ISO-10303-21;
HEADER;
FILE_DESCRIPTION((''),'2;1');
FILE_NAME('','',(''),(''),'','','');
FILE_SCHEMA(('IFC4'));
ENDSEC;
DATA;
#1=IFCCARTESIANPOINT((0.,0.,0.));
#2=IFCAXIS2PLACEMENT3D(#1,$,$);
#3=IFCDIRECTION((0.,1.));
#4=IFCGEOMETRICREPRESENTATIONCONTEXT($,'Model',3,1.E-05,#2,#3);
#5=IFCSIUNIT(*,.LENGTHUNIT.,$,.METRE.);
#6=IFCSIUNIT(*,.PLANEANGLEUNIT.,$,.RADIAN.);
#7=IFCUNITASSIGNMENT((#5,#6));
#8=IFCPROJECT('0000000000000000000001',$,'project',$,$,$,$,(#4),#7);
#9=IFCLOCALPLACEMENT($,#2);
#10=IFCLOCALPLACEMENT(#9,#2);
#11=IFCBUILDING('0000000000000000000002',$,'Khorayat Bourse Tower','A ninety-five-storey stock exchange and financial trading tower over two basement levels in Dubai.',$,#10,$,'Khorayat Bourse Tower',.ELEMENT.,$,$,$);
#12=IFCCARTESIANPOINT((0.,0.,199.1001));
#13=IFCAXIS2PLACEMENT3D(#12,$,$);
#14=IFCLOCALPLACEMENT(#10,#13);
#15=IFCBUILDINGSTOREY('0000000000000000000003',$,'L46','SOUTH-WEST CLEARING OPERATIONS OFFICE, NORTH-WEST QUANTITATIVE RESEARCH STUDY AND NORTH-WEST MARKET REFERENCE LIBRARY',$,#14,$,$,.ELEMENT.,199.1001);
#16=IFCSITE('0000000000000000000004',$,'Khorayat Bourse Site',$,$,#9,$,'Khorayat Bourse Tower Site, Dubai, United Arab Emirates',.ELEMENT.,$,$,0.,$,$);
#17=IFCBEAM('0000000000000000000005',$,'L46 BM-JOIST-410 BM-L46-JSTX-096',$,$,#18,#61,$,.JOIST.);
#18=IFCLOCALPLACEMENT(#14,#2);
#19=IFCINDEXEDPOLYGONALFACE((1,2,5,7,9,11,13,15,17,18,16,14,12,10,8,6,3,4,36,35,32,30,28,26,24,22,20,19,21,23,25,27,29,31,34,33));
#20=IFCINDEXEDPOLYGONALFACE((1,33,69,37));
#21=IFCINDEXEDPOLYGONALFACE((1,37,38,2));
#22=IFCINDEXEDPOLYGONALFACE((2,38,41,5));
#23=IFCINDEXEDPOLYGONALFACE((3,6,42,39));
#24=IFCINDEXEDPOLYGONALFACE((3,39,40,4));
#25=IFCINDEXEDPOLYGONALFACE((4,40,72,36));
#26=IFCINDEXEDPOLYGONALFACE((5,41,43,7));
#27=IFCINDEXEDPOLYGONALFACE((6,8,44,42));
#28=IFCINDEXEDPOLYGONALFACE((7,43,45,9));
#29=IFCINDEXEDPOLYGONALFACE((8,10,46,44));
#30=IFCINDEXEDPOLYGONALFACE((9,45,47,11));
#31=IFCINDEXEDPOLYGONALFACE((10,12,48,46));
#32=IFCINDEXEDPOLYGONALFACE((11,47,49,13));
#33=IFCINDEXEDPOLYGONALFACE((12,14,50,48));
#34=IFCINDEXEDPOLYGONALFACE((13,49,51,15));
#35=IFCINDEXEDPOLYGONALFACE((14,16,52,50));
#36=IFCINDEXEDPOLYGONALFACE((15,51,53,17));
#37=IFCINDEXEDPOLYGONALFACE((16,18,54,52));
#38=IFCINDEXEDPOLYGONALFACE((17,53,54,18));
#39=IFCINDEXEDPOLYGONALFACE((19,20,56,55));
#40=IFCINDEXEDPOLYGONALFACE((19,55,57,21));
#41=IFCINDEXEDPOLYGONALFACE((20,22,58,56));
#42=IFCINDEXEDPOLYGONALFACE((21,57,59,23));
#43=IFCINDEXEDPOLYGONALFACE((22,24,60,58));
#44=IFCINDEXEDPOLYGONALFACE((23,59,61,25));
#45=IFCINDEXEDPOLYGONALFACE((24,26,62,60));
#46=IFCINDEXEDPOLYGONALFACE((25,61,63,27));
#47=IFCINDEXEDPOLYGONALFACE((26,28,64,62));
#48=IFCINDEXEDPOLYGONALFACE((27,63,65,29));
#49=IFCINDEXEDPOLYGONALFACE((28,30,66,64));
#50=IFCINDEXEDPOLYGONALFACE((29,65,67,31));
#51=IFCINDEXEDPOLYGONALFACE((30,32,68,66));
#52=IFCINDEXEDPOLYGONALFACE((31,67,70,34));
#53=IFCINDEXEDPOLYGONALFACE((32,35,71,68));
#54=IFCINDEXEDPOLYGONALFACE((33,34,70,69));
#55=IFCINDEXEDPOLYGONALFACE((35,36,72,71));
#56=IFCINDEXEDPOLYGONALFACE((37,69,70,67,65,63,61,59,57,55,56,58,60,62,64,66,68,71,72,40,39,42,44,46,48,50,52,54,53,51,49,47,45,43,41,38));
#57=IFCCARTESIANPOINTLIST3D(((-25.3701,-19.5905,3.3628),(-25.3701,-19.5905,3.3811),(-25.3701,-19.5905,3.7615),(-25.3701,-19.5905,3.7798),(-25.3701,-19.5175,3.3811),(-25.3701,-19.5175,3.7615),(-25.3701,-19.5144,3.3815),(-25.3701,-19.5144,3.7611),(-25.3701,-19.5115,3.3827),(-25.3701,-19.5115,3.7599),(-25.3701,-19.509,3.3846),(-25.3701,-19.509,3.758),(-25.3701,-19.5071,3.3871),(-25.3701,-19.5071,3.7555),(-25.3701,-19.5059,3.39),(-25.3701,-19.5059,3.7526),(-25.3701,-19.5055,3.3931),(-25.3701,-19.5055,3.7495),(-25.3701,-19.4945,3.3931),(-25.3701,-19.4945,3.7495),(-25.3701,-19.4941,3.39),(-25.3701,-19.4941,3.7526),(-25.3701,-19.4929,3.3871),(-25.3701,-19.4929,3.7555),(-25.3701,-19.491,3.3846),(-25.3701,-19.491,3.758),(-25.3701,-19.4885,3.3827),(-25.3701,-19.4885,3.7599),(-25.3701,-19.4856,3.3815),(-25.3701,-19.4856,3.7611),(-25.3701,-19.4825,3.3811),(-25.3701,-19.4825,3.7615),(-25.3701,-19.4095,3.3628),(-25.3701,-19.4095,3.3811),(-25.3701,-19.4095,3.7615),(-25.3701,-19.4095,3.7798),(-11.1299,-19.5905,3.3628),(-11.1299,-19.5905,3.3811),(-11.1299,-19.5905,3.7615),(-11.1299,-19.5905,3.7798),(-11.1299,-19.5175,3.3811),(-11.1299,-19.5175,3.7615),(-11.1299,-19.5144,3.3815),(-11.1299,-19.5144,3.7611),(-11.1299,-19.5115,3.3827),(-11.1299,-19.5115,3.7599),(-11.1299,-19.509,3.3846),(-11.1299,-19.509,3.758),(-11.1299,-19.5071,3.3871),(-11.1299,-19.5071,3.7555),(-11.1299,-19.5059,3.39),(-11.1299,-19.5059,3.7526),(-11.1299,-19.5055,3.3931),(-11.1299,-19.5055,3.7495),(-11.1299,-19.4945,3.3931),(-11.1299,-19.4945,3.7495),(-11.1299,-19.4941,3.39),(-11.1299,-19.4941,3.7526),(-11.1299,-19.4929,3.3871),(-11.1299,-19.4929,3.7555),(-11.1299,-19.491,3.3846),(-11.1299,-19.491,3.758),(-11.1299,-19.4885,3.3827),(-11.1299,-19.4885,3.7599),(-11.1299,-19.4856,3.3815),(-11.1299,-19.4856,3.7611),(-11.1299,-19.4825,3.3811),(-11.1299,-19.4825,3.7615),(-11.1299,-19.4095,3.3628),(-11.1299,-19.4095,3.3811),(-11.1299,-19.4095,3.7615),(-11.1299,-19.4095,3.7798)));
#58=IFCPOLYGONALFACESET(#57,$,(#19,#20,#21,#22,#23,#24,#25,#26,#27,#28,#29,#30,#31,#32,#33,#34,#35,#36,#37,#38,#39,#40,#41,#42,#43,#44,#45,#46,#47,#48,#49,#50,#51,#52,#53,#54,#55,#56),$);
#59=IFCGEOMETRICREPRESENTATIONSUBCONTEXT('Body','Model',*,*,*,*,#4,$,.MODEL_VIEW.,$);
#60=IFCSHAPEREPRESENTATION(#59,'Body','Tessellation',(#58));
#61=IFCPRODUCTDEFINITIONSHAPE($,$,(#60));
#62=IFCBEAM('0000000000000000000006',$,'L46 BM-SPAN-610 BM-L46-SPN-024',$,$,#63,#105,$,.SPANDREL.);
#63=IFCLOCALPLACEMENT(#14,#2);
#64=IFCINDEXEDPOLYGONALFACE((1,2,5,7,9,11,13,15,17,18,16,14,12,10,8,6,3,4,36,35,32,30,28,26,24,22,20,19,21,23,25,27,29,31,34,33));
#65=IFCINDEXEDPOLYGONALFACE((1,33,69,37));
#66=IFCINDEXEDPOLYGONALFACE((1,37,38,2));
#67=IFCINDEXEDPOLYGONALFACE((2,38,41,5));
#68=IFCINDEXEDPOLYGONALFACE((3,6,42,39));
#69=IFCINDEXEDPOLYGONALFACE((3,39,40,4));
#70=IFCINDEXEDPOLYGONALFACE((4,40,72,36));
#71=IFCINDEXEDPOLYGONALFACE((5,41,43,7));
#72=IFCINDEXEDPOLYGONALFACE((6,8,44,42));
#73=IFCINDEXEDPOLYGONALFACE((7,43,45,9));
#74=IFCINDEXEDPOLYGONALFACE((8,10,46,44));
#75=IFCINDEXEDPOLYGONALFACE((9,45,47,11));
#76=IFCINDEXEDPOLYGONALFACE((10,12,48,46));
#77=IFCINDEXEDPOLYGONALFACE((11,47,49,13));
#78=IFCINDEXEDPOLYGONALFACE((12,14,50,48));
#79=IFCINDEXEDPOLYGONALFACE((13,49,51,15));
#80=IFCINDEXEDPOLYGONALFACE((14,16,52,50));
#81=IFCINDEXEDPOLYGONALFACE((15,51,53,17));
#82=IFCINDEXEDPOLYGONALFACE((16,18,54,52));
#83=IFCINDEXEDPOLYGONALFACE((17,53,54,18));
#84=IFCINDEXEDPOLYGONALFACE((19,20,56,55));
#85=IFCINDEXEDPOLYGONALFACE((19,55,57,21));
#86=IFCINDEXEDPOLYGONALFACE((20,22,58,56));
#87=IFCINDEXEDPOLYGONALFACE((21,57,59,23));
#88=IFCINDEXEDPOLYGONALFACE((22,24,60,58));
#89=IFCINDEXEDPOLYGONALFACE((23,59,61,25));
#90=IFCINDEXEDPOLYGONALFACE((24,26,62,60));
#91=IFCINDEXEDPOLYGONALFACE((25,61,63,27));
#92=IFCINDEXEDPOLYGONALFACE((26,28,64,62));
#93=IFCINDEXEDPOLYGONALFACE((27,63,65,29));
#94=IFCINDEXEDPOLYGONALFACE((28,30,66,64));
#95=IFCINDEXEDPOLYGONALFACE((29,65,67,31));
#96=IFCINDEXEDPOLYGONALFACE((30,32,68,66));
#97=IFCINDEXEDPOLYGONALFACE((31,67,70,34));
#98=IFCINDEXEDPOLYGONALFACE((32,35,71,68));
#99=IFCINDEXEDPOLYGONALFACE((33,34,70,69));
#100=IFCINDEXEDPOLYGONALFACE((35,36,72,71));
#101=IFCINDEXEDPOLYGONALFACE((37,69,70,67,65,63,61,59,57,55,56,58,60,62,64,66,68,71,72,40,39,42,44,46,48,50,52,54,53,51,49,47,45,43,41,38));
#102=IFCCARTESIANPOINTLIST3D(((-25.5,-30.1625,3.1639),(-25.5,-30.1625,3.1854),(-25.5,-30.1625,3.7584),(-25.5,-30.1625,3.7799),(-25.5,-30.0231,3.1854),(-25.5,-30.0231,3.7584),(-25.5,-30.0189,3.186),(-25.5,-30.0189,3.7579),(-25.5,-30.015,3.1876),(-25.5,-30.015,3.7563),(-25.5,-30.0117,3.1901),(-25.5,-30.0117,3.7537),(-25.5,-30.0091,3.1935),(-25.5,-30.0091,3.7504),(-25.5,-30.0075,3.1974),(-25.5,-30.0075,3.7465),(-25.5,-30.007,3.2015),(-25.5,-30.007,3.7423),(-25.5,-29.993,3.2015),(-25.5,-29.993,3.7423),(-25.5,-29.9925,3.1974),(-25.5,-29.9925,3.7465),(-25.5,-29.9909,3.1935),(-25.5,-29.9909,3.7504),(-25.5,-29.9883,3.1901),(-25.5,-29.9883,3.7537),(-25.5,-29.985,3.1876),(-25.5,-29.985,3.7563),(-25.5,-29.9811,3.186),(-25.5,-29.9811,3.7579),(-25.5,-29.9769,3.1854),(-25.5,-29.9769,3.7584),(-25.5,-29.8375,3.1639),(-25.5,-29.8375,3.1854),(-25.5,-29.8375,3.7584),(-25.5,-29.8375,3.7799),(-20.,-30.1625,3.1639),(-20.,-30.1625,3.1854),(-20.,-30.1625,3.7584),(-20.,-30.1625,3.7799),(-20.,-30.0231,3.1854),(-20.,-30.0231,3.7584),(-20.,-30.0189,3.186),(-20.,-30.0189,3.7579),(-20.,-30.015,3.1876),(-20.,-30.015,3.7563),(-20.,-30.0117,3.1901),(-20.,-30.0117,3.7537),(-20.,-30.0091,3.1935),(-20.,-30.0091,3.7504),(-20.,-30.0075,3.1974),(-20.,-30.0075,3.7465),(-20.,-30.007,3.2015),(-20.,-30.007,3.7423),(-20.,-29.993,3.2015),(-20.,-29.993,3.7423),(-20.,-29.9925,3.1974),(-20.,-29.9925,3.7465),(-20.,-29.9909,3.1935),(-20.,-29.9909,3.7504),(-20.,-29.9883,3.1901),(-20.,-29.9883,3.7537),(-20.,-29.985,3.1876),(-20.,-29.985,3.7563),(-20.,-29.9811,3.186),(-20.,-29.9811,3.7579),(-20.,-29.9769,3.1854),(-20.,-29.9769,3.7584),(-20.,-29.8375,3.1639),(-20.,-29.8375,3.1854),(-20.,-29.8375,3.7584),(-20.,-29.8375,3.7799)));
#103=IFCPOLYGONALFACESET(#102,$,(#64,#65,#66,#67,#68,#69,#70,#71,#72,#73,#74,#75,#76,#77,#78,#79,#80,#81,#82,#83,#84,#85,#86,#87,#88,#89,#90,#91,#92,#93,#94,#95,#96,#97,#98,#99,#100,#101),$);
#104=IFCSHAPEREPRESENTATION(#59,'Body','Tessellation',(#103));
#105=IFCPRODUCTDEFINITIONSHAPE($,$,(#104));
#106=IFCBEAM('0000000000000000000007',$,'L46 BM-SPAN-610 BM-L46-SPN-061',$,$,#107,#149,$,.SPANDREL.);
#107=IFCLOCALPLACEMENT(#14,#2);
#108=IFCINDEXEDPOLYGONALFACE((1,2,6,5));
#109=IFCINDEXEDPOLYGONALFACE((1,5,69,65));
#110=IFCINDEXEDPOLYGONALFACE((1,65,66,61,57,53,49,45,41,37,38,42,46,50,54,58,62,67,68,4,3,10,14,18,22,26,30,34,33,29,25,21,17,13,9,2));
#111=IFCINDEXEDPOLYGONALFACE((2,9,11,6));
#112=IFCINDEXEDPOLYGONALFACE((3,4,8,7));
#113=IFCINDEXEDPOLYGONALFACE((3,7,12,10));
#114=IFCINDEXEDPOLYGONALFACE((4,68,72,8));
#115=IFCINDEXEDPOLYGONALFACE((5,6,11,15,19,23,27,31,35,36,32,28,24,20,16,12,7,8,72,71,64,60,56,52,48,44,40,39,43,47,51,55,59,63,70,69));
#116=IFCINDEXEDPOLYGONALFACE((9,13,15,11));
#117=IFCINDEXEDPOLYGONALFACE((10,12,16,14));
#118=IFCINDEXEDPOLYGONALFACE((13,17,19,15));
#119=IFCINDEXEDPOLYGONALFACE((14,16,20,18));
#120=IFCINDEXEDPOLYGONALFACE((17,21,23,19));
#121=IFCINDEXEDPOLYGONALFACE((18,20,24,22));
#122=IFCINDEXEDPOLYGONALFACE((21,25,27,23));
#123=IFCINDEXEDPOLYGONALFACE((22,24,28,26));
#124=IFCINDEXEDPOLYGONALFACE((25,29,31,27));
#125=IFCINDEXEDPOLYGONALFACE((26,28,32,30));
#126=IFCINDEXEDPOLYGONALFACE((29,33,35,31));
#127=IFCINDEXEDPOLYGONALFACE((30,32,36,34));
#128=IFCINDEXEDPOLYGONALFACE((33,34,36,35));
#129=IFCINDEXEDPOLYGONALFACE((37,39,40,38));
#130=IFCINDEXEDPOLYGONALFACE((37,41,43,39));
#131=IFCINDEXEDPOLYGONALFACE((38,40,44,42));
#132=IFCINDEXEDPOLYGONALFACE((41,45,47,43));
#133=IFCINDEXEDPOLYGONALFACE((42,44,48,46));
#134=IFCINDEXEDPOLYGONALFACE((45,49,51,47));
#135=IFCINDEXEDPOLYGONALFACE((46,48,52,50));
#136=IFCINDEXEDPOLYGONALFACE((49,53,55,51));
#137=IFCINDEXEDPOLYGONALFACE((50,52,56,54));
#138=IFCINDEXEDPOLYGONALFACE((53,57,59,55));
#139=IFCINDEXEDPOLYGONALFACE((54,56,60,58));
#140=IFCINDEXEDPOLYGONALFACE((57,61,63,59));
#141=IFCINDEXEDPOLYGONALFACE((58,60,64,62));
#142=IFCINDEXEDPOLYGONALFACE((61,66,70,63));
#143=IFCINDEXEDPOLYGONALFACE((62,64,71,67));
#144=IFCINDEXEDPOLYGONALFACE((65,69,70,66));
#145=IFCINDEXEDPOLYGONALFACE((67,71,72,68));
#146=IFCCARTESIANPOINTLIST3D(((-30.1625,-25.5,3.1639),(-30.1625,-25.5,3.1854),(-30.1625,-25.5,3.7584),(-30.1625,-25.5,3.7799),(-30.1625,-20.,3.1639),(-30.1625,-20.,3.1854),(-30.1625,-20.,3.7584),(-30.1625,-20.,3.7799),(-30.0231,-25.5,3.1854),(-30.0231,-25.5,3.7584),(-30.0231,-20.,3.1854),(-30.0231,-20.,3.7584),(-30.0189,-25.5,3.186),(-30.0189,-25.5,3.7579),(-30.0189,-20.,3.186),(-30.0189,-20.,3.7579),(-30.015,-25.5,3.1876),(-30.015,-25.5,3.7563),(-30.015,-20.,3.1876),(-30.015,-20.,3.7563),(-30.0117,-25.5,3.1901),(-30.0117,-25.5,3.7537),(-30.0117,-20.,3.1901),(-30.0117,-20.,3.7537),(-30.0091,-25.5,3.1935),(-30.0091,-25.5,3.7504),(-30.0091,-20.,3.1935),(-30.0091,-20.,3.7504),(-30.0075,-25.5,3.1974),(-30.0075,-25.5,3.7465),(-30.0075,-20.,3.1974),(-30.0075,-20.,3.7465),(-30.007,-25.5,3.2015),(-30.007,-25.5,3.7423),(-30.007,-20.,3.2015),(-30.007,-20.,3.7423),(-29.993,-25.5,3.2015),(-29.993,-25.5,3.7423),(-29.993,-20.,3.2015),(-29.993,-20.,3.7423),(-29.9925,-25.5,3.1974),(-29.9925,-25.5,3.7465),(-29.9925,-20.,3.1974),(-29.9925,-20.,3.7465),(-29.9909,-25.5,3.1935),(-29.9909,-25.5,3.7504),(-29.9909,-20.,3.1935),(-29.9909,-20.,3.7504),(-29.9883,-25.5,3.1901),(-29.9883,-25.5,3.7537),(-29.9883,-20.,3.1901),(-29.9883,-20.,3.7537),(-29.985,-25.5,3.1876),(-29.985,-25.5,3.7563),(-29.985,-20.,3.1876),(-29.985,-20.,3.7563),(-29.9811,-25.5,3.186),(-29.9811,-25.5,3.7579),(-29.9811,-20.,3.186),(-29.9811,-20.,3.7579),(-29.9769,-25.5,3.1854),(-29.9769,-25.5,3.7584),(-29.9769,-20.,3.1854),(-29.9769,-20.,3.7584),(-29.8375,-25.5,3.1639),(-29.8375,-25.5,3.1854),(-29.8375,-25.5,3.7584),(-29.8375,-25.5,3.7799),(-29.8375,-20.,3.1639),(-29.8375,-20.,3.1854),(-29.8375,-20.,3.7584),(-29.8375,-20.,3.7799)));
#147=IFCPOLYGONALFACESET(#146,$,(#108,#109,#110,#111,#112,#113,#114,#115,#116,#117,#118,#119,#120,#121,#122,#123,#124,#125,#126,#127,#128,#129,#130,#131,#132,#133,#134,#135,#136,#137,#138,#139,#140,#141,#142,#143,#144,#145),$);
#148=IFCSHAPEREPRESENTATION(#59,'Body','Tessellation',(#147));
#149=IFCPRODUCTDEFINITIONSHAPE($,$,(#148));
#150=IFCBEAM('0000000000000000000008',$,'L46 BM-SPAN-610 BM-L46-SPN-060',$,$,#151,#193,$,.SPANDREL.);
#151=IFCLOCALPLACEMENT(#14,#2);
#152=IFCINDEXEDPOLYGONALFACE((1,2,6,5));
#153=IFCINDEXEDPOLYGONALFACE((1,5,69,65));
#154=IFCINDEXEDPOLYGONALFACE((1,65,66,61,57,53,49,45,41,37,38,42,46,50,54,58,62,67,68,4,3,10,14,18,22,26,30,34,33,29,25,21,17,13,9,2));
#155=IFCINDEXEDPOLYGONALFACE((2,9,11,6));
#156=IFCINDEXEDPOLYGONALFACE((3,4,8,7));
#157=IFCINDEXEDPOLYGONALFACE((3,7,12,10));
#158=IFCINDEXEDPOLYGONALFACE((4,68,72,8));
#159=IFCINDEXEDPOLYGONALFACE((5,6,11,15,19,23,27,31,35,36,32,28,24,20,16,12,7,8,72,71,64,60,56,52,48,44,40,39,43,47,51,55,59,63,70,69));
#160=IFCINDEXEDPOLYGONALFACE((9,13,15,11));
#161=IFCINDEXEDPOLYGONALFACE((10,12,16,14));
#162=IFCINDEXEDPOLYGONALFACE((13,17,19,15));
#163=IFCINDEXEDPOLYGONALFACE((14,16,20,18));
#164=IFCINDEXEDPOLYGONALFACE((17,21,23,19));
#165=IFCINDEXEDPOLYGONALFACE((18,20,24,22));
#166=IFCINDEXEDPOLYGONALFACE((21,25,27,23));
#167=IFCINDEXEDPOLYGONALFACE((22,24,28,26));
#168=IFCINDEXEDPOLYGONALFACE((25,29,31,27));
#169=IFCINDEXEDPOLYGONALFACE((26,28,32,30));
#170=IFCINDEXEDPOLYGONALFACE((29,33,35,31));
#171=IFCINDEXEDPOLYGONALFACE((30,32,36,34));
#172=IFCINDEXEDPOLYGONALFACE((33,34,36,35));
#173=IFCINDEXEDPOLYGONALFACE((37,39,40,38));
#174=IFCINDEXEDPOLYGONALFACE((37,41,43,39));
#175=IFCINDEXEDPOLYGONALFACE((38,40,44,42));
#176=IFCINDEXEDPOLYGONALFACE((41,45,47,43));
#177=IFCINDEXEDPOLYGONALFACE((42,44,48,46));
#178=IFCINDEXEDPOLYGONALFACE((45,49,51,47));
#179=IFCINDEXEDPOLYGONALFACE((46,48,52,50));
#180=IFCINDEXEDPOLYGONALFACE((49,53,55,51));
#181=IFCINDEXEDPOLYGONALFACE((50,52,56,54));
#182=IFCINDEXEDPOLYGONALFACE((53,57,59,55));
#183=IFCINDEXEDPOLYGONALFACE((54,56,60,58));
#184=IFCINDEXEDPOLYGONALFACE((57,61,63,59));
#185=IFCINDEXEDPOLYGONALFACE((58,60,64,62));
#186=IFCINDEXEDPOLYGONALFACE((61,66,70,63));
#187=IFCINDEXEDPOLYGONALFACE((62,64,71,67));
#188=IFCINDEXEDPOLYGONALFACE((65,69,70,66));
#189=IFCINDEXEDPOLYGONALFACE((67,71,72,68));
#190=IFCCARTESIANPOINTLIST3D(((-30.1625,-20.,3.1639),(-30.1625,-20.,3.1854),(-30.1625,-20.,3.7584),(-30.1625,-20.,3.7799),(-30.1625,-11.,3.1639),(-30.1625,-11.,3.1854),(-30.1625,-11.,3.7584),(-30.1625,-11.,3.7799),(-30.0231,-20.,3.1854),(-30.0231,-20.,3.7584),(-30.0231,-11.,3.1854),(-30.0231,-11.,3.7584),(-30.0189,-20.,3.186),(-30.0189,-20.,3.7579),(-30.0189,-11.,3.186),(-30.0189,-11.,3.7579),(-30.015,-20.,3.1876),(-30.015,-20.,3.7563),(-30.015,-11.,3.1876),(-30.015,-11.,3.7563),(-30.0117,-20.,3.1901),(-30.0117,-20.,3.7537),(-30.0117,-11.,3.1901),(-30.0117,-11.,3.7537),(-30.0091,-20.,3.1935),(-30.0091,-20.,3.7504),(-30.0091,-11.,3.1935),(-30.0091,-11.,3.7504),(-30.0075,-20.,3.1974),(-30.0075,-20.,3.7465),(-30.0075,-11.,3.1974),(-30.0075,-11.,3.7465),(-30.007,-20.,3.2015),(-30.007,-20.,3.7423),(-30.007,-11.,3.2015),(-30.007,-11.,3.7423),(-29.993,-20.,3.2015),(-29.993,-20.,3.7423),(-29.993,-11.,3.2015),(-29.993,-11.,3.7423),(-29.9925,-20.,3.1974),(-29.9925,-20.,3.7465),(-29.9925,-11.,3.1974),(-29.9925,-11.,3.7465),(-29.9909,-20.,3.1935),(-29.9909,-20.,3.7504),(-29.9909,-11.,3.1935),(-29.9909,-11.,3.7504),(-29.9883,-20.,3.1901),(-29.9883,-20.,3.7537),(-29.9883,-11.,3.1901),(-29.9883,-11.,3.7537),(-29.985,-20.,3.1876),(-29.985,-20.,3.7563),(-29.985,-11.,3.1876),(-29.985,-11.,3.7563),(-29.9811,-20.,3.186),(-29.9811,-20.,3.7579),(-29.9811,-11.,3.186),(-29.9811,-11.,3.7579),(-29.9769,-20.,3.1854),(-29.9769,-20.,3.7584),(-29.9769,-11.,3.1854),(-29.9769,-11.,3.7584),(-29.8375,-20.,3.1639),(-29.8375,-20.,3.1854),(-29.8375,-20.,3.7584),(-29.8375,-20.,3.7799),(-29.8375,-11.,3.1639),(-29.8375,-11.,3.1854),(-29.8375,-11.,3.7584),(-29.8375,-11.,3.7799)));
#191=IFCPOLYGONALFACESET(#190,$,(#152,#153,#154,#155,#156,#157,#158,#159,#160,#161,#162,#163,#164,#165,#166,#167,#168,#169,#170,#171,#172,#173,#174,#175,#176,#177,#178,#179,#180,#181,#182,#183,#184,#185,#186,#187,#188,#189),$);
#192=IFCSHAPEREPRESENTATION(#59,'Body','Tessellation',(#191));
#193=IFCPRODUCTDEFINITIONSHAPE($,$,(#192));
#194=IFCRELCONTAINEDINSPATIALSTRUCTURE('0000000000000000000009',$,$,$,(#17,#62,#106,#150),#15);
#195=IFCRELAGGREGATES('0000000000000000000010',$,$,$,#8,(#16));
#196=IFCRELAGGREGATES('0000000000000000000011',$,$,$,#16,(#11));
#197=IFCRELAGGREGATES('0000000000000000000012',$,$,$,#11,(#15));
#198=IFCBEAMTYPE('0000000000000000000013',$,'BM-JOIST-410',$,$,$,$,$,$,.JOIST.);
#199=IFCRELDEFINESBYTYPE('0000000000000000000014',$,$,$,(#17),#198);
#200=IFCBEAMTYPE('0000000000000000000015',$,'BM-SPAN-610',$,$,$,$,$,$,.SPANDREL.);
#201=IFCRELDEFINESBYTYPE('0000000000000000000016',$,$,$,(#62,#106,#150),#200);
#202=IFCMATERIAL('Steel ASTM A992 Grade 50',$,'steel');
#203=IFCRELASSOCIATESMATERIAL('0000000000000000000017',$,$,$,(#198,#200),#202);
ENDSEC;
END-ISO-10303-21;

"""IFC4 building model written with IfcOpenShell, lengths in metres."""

from ifc_helpers import new_model, si_unit, direction, frame, origin, origin_2d, place, context, subcontext, project, spatial, i_section, extrude, source, transform, mapped, material, material_profile, profile_set, type_object, element, save


model = new_model("IFC4")

# Units and contexts
model_context = context("Model", 3, precision=1e-05, world=origin(), true_north=direction((0.0, 1.0)))
body_context = subcontext(model_context, "Body", "Model", "MODEL_VIEW")
ifc_project = project(units=[si_unit("LENGTHUNIT", "METRE"), si_unit("PLANEANGLEUNIT", "RADIAN")], contexts=[model_context])

# Site, building, storey
site_placement = place(None, origin())
site = spatial("IfcSite", under=ifc_project, at=site_placement, Name="Khorayat Bourse Site", LongName="Khorayat Bourse Tower Site, Dubai, United Arab Emirates", CompositionType="ELEMENT", RefElevation=0.0)
building_placement = place(site_placement, origin())
building = spatial("IfcBuilding", under=site, at=building_placement, Name="Khorayat Bourse Tower", Description="A ninety-five-storey stock exchange and financial trading tower over two basement levels in Dubai.", LongName="Khorayat Bourse Tower", CompositionType="ELEMENT")
storey_placement = place(building_placement, frame((0.0, 0.0, 199.1001)))
storey = spatial("IfcBuildingStorey", under=building, at=storey_placement, Name="L46", Description="SOUTH-WEST CLEARING OPERATIONS OFFICE, NORTH-WEST QUANTITATIVE RESEARCH STUDY AND NORTH-WEST MARKET REFERENCE LIBRARY", CompositionType="ELEMENT", Elevation=199.1001)

# Beams
ifc_material_1 = material(Name="Steel ASTM A992 Grade 50", Category="steel")
ifc_material_profile_1 = material_profile(ifc_material_1, i_section(OverallWidth=0.1809, OverallDepth=0.417, WebThickness=0.011, FlangeThickness=0.0183, FilletRadius=0.012, at=origin_2d()), Name="W410X85")
ifc_profile_set_1 = profile_set([ifc_material_profile_1], Name="Steel ASTM A992 Grade 50")
beam_type_1 = type_object("IfcBeamType", Name="BM-JOIST-410", PredefinedType="JOIST", material=ifc_profile_set_1)
shared_shape_1 = source(origin(), body_context, "Body", "SweptSolid", [
    extrude(i_section(OverallWidth=0.1809, OverallDepth=0.417, WebThickness=0.011, FlangeThickness=0.0183, FilletRadius=0.012, at=origin_2d()), origin(), (0.0, 0.0, 1.0), 14.2402),
])
beam_1_placement = place(storey_placement, frame((-25.3701, -19.5, 3.5713), z_axis=(1.0, 0.0, 0.0), x_axis=(0.0, 1.0, 0.0)))
element("IfcBeam", 1, at=beam_1_placement, inside=storey, type_object=beam_type_1, Name="L46 BM-JOIST-410 BM-L46-JSTX-096", PredefinedType="JOIST", context=body_context, shape_type="MappedRepresentation", body=[
    mapped(shared_shape_1, transform((0.0, 0.0, 0.0), scale=1.0)),
])
ifc_material_profile_2 = material_profile(ifc_material_1, i_section(OverallWidth=0.325, OverallDepth=0.616, WebThickness=0.0139, FlangeThickness=0.0215, FilletRadius=0.0161, at=origin_2d()), Name="W610X174")
ifc_profile_set_2 = profile_set([ifc_material_profile_2], Name="Steel ASTM A992 Grade 50")
beam_type_2 = type_object("IfcBeamType", Name="BM-SPAN-610", PredefinedType="SPANDREL", material=ifc_profile_set_2)
shared_shape_2 = source(origin(), body_context, "Body", "SweptSolid", [
    extrude(i_section(OverallWidth=0.325, OverallDepth=0.616, WebThickness=0.0139, FlangeThickness=0.0215, FilletRadius=0.0161, at=origin_2d()), origin(), (0.0, 0.0, 1.0), 5.5),
])
for number, where, z_axis, x_axis, name in (
    (2, (-25.5, -30.0, 3.4719), (1.0, 0.0, 0.0), (0.0, 1.0, 0.0), "L46 BM-SPAN-610 BM-L46-SPN-024"),
    (3, (-30.0, -25.5, 3.4719), (0.0, 1.0, 0.0), (-1.0, 0.0, 0.0), "L46 BM-SPAN-610 BM-L46-SPN-061"),
):
    element("IfcBeam", number, at=place(storey_placement, frame(where, z_axis=z_axis, x_axis=x_axis)), inside=storey, type_object=beam_type_2, Name=name, PredefinedType="SPANDREL", context=body_context, shape_type="MappedRepresentation", body=[
        mapped(shared_shape_2, transform((0.0, 0.0, 0.0), scale=1.0)),
    ])
shared_shape_3 = source(origin(), body_context, "Body", "SweptSolid", [
    extrude(i_section(OverallWidth=0.325, OverallDepth=0.616, WebThickness=0.0139, FlangeThickness=0.0215, FilletRadius=0.0161, at=origin_2d()), origin(), (0.0, 0.0, 1.0), 9.0),
])
beam_2_placement = place(storey_placement, frame((-30.0, -20.0, 3.4719), z_axis=(0.0, 1.0, 0.0), x_axis=(-1.0, 0.0, 0.0)))
element("IfcBeam", 4, at=beam_2_placement, inside=storey, type_object=beam_type_2, Name="L46 BM-SPAN-610 BM-L46-SPN-060", PredefinedType="SPANDREL", context=body_context, shape_type="MappedRepresentation", body=[
    mapped(shared_shape_3, transform((0.0, 0.0, 0.0), scale=1.0)),
])

save(model, "model.ifc")
